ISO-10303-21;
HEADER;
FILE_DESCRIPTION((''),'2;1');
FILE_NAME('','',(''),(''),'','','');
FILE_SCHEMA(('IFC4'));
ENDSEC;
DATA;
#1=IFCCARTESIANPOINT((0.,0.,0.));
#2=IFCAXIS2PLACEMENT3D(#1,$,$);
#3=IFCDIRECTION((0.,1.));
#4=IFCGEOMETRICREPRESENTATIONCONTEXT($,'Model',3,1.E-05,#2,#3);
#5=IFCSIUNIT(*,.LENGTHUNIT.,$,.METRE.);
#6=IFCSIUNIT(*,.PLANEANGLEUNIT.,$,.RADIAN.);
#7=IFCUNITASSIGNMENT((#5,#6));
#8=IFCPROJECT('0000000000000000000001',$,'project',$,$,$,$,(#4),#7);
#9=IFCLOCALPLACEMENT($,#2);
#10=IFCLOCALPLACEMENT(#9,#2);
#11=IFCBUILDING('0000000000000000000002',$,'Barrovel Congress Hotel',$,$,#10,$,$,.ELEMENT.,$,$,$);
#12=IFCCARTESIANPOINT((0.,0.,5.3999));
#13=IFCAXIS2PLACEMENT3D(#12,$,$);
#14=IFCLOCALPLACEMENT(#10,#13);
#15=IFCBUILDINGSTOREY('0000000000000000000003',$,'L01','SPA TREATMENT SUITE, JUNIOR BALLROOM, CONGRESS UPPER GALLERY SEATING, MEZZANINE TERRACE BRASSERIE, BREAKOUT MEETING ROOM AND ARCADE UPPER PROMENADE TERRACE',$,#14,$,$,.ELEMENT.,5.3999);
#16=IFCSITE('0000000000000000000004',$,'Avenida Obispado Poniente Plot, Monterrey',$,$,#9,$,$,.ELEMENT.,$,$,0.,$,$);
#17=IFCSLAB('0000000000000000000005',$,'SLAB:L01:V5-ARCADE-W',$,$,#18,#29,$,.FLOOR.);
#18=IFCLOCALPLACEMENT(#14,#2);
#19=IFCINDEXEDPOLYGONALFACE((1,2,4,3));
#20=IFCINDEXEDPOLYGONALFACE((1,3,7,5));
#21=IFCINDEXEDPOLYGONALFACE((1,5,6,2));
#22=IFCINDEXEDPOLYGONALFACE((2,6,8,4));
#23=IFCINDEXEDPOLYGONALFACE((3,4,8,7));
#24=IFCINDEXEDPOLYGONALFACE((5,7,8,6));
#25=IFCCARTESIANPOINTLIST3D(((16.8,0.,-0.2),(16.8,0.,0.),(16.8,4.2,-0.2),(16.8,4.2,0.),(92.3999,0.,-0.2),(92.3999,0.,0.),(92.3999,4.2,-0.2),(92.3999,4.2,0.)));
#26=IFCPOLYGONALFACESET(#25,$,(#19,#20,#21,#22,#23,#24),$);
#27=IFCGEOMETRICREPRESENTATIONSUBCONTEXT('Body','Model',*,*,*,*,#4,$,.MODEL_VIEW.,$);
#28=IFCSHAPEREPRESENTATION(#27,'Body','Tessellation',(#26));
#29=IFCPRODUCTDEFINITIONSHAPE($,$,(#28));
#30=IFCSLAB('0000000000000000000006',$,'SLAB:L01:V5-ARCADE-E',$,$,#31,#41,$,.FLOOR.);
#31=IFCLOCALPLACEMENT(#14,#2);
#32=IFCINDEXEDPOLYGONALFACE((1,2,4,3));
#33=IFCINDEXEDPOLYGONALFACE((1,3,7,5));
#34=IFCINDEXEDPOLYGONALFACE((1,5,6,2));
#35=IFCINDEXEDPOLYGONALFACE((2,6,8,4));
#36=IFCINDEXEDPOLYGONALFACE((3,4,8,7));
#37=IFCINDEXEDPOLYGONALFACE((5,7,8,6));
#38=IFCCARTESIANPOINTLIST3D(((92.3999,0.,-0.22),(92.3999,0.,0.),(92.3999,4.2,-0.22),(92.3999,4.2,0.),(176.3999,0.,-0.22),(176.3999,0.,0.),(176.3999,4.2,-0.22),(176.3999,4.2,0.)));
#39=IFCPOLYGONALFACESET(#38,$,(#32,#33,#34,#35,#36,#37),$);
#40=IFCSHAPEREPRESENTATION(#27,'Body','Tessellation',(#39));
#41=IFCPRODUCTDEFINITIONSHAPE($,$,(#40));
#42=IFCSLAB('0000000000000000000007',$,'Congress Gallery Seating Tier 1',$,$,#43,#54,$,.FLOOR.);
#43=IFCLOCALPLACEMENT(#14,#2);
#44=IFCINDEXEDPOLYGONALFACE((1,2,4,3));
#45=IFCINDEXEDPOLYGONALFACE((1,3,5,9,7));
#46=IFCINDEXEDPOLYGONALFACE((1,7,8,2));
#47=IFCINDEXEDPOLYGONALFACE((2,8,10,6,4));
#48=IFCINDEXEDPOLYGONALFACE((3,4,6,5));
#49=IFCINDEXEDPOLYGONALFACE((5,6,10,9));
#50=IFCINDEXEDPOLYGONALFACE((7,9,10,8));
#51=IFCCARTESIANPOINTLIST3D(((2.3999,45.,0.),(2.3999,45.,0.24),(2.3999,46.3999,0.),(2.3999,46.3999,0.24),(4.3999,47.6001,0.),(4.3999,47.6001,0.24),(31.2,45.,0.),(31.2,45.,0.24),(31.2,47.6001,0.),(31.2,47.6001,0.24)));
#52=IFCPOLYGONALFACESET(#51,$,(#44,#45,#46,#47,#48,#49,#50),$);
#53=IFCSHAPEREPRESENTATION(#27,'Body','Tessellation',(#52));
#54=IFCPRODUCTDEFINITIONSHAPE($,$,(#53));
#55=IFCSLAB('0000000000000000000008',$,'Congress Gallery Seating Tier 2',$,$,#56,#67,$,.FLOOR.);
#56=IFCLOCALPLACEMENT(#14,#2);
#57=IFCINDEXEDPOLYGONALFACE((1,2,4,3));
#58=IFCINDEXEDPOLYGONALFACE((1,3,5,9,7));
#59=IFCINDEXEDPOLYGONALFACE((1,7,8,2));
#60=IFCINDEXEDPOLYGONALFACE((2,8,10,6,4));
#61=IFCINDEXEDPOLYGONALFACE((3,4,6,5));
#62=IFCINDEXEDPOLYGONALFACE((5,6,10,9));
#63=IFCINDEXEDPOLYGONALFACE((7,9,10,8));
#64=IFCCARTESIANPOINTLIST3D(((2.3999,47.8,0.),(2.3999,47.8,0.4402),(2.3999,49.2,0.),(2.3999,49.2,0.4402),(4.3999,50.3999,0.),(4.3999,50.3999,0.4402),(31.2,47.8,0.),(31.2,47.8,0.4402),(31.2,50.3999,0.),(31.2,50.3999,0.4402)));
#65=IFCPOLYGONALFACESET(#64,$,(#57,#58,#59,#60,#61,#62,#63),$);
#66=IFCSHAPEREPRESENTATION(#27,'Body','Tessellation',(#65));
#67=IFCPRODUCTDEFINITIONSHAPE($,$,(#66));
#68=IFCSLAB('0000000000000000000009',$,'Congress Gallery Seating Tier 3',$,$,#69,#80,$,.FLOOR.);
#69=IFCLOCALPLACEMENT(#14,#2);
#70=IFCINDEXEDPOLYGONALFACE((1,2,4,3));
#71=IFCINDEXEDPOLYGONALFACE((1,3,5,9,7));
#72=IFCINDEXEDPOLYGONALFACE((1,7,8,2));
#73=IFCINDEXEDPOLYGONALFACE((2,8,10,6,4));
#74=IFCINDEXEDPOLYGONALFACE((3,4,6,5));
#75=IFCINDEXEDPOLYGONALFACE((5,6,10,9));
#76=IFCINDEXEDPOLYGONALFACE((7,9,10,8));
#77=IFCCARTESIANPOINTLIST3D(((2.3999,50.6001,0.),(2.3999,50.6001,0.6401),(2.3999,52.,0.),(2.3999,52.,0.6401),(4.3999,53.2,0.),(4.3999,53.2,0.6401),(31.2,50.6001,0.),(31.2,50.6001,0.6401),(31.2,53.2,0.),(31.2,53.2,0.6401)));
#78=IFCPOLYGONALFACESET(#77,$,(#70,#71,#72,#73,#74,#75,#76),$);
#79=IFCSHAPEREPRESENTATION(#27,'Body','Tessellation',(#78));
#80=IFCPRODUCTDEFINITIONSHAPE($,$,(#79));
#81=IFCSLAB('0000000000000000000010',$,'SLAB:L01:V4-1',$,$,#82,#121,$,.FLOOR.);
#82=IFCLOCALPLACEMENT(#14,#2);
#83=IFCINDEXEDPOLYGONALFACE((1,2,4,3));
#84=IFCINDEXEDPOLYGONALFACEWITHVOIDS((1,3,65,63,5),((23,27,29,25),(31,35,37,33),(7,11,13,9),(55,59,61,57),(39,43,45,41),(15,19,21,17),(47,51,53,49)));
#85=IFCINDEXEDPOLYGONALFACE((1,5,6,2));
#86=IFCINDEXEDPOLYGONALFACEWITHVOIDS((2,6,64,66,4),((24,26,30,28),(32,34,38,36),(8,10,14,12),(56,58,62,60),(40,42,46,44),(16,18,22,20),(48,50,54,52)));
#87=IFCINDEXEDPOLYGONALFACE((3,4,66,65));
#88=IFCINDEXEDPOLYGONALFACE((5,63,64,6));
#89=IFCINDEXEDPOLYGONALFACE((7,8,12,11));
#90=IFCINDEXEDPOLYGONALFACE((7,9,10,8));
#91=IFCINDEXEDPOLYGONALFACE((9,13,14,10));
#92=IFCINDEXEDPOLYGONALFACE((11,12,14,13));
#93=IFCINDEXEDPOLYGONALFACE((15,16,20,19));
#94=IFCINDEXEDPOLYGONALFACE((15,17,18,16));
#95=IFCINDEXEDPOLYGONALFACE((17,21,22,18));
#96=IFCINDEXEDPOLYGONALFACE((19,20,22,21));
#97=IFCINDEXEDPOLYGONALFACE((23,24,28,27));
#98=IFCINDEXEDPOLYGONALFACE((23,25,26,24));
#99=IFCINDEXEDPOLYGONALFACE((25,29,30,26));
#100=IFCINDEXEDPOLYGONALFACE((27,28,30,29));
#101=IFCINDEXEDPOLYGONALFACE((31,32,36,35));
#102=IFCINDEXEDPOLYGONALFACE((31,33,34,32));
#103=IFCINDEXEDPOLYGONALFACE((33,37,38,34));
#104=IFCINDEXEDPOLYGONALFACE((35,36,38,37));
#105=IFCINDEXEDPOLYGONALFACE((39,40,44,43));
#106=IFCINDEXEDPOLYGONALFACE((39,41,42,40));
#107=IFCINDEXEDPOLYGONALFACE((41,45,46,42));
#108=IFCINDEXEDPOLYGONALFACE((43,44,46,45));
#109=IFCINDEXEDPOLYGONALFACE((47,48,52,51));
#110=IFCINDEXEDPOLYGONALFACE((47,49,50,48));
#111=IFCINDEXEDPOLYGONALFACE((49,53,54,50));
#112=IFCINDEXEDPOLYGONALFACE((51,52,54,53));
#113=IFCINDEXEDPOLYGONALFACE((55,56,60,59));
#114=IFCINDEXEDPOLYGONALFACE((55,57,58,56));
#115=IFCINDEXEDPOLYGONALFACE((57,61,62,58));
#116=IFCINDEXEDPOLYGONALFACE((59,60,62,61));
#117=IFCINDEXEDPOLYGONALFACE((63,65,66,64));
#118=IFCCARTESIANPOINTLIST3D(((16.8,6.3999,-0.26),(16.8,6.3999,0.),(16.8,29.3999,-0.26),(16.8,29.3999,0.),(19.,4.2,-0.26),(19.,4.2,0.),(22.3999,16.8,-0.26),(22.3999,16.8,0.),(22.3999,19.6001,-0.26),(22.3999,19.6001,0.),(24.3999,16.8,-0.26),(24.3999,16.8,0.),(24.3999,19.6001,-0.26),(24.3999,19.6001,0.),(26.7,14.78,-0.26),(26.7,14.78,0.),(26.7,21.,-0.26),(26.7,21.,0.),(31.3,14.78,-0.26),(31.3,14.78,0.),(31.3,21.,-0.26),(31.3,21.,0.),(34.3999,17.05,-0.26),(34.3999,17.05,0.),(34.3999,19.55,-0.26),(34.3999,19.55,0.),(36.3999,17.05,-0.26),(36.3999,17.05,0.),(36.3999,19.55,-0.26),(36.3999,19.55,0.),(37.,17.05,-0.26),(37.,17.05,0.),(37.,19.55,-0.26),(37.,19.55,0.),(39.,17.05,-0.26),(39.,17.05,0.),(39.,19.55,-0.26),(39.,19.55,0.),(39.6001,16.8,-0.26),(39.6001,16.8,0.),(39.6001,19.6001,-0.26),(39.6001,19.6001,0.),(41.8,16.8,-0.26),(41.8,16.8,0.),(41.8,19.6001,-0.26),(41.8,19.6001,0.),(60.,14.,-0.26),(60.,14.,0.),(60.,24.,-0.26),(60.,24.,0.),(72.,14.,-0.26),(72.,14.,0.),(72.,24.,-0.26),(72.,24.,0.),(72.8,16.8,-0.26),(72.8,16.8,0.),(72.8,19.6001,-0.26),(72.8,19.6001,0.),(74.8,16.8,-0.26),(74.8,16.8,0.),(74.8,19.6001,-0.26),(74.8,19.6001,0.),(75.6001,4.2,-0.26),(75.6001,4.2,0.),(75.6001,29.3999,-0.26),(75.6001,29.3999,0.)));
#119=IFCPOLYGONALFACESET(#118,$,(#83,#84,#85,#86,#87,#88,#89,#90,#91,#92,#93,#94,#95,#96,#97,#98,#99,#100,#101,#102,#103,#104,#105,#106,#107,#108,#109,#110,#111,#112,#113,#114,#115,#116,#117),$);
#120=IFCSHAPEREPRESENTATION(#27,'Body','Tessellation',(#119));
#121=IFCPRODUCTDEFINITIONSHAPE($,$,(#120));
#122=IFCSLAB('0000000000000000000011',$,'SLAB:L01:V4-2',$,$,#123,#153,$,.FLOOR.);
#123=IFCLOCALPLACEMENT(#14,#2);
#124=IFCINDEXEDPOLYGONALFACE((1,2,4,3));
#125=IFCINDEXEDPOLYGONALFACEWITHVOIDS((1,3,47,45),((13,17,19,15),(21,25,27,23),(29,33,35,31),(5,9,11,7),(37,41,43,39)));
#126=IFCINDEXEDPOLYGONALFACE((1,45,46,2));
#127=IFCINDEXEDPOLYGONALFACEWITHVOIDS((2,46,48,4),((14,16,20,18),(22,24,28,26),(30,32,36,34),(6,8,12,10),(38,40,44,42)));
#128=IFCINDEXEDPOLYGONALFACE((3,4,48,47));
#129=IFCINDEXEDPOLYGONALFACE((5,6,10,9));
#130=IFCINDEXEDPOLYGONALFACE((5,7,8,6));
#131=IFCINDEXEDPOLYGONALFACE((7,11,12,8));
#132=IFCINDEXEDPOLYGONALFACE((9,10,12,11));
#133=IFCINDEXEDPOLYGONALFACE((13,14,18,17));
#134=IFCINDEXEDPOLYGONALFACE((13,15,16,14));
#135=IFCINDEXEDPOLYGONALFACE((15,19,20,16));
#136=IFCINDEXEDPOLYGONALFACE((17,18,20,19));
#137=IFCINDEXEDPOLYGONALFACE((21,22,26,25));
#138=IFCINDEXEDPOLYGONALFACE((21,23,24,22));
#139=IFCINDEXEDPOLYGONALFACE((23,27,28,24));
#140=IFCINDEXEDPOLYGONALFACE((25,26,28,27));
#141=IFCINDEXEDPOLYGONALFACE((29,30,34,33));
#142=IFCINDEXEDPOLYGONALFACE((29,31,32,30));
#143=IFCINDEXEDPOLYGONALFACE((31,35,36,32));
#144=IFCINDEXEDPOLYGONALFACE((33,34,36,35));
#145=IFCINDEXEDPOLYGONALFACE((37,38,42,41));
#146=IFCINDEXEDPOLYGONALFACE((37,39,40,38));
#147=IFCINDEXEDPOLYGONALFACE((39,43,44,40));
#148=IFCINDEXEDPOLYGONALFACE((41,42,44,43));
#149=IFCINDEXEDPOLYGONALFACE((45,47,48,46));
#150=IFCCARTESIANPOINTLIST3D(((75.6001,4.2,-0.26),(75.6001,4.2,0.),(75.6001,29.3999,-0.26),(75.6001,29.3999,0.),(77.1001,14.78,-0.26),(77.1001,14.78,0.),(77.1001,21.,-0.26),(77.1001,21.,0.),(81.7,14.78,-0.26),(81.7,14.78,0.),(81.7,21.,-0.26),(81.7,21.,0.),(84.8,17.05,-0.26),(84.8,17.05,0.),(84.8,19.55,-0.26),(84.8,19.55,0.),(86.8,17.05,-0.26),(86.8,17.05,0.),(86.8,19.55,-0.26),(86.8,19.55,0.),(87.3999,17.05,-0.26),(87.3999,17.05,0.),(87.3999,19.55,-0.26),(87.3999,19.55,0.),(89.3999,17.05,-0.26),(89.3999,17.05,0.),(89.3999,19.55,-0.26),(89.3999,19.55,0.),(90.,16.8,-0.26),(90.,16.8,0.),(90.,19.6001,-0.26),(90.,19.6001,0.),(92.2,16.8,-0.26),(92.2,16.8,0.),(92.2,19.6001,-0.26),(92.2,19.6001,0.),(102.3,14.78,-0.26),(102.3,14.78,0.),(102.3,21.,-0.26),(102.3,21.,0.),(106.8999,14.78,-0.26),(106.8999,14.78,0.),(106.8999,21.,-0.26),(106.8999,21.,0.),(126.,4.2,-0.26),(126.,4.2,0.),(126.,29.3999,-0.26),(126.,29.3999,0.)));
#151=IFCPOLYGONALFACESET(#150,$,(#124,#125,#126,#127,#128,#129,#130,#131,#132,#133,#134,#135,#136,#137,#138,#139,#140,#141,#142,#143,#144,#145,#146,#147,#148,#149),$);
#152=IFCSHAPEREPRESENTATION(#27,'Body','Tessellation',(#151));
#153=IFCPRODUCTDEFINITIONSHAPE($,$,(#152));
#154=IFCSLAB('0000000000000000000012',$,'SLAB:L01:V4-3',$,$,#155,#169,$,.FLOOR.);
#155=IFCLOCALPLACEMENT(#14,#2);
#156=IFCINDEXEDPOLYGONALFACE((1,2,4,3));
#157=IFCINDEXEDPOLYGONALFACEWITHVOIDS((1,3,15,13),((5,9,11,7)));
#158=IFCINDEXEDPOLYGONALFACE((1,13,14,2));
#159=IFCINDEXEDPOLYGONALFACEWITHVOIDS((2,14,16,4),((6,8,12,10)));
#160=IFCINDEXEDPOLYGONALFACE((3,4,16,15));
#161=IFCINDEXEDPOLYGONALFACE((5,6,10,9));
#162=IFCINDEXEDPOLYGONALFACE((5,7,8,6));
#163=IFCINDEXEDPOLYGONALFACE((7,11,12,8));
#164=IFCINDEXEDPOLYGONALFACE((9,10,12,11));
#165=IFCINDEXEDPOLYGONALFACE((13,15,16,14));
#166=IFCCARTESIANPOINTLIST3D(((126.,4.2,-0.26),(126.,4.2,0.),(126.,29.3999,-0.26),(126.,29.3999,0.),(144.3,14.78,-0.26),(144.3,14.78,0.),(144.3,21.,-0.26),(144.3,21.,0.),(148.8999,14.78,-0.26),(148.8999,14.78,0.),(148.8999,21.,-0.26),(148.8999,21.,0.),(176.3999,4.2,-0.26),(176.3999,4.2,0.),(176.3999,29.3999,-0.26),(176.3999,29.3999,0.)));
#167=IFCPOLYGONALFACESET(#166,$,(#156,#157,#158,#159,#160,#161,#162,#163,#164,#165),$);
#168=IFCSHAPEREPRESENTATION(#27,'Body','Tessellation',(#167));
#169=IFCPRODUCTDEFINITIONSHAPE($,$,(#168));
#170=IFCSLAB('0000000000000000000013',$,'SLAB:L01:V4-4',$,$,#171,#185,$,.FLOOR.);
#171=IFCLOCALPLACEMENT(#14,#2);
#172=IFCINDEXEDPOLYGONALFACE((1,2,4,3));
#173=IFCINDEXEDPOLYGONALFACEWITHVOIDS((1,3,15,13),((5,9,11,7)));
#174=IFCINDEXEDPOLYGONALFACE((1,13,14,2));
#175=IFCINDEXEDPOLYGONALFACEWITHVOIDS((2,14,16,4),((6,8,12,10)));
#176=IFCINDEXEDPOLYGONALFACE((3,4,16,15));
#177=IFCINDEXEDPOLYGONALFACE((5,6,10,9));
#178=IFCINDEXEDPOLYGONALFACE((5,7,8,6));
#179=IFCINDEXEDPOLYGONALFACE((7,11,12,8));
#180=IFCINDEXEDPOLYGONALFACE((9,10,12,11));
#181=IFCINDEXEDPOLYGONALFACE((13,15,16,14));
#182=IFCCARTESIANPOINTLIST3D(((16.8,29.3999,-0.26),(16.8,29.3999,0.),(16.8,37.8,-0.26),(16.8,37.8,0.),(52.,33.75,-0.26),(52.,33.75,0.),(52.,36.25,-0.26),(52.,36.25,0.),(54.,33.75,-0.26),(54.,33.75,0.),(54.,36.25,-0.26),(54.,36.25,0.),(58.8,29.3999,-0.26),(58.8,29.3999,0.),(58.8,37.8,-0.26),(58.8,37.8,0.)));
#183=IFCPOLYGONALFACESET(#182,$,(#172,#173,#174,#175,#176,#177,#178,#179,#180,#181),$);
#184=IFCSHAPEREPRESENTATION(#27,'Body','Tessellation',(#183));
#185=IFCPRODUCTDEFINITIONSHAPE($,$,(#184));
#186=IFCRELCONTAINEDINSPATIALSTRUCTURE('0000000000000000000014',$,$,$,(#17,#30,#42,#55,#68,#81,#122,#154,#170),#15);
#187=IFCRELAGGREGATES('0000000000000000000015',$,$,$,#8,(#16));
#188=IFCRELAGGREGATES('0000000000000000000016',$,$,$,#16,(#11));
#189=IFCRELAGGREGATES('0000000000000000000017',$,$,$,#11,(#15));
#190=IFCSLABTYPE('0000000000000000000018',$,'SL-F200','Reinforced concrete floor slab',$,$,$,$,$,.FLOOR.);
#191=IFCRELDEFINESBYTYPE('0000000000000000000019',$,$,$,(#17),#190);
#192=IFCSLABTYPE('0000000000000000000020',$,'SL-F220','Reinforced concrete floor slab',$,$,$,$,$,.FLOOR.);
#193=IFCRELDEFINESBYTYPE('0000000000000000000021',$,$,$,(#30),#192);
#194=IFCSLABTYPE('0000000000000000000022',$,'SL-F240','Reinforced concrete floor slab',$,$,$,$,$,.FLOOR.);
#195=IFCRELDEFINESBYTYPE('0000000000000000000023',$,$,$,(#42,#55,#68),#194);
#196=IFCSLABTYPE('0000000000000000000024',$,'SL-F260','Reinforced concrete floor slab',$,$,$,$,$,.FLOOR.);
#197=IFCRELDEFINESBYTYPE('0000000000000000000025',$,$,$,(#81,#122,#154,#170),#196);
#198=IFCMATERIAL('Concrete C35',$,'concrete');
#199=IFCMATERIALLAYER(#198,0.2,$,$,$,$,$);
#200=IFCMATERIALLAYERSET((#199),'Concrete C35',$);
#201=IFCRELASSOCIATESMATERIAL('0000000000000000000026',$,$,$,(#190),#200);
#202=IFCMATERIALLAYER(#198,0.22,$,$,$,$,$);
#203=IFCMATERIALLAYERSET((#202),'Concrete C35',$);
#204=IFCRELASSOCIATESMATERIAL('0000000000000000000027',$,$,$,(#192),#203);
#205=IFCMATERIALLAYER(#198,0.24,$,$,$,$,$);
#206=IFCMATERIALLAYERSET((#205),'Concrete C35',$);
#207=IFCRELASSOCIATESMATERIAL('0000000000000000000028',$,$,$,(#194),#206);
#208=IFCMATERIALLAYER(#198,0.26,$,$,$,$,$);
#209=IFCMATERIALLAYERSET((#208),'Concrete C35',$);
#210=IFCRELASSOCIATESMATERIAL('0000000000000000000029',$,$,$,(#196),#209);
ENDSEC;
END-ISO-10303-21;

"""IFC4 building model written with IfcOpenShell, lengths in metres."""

from ifc_helpers import new_model, si_unit, direction, frame, origin, place, context, subcontext, project, spatial, polyline, outline, extrude, material, layer, layer_set, type_object, element, save


model = new_model("IFC4")

# Units and contexts
model_context = context("Model", 3, precision=1e-05, world=origin(), true_north=direction((0.0, 1.0)))
body_context = subcontext(model_context, "Body", "Model", "MODEL_VIEW")
ifc_project = project(units=[si_unit("LENGTHUNIT", "METRE"), si_unit("PLANEANGLEUNIT", "RADIAN")], contexts=[model_context])

# Site, building, storey
site_placement = place(None, origin())
site = spatial("IfcSite", under=ifc_project, at=site_placement, Name="Avenida Obispado Poniente Plot, Monterrey", CompositionType="ELEMENT", RefElevation=0.0)
building_placement = place(site_placement, origin())
building = spatial("IfcBuilding", under=site, at=building_placement, Name="Barrovel Congress Hotel", CompositionType="ELEMENT")
storey_placement = place(building_placement, frame((0.0, 0.0, 5.3999)))
storey = spatial("IfcBuildingStorey", under=building, at=storey_placement, Name="L01", Description="SPA TREATMENT SUITE, JUNIOR BALLROOM, CONGRESS UPPER GALLERY SEATING, MEZZANINE TERRACE BRASSERIE, BREAKOUT MEETING ROOM AND ARCADE UPPER PROMENADE TERRACE", CompositionType="ELEMENT", Elevation=5.3999)

# Slabs
ifc_material_1 = material(Name="Concrete C35", Category="concrete")
ifc_layer_1 = layer(ifc_material_1, 0.2)
ifc_layer_set_1 = layer_set([ifc_layer_1], Name="Concrete C35")
slab_type_1 = type_object("IfcSlabType", Name="SL-F200", Description="Reinforced concrete floor slab", PredefinedType="FLOOR", material=ifc_layer_set_1)
slab_1_placement = place(storey_placement, frame((0.0, 0.0, -0.2)))
element("IfcSlab", 1, at=slab_1_placement, inside=storey, type_object=slab_type_1, Name="SLAB:L01:V5-ARCADE-W", PredefinedType="FLOOR", context=body_context, shape_type="SweptSolid", body=[
    extrude(outline(polyline([(16.8, 0.0), (92.3999, 0.0), (92.3999, 4.2), (16.8, 4.2), (16.8, 0.0)])), origin(), (0.0, 0.0, 1.0), 0.2),
])
ifc_layer_2 = layer(ifc_material_1, 0.22)
ifc_layer_set_2 = layer_set([ifc_layer_2], Name="Concrete C35")
slab_type_2 = type_object("IfcSlabType", Name="SL-F220", Description="Reinforced concrete floor slab", PredefinedType="FLOOR", material=ifc_layer_set_2)
slab_2_placement = place(storey_placement, frame((0.0, 0.0, -0.22)))
element("IfcSlab", 2, at=slab_2_placement, inside=storey, type_object=slab_type_2, Name="SLAB:L01:V5-ARCADE-E", PredefinedType="FLOOR", context=body_context, shape_type="SweptSolid", body=[
    extrude(outline(polyline([(92.3999, 0.0), (176.3999, 0.0), (176.3999, 4.2), (92.3999, 4.2), (92.3999, 0.0)])), origin(), (0.0, 0.0, 1.0), 0.22),
])
ifc_layer_3 = layer(ifc_material_1, 0.24)
ifc_layer_set_3 = layer_set([ifc_layer_3], Name="Concrete C35")
slab_type_3 = type_object("IfcSlabType", Name="SL-F240", Description="Reinforced concrete floor slab", PredefinedType="FLOOR", material=ifc_layer_set_3)
slab_3_placement = place(storey_placement, origin())
element("IfcSlab", 3, at=slab_3_placement, inside=storey, type_object=slab_type_3, Name="Congress Gallery Seating Tier 1", PredefinedType="FLOOR", context=body_context, shape_type="SweptSolid", body=[
    extrude(outline(polyline([(2.3999, 45.0), (31.2, 45.0), (31.2, 47.6001), (4.3999, 47.6001), (2.3999, 46.3999), (2.3999, 45.0)])), origin(), (0.0, 0.0, 1.0), 0.24),
])
slab_4_placement = place(storey_placement, origin())
element("IfcSlab", 4, at=slab_4_placement, inside=storey, type_object=slab_type_3, Name="Congress Gallery Seating Tier 2", PredefinedType="FLOOR", context=body_context, shape_type="SweptSolid", body=[
    extrude(outline(polyline([(2.3999, 47.8), (31.2, 47.8), (31.2, 50.3999), (4.3999, 50.3999), (2.3999, 49.2), (2.3999, 47.8)])), origin(), (0.0, 0.0, 1.0), 0.4402),
])
slab_5_placement = place(storey_placement, origin())
element("IfcSlab", 5, at=slab_5_placement, inside=storey, type_object=slab_type_3, Name="Congress Gallery Seating Tier 3", PredefinedType="FLOOR", context=body_context, shape_type="SweptSolid", body=[
    extrude(outline(polyline([(2.3999, 50.6001), (31.2, 50.6001), (31.2, 53.2), (4.3999, 53.2), (2.3999, 52.0), (2.3999, 50.6001)])), origin(), (0.0, 0.0, 1.0), 0.6401),
])
ifc_layer_4 = layer(ifc_material_1, 0.26)
ifc_layer_set_4 = layer_set([ifc_layer_4], Name="Concrete C35")
slab_type_4 = type_object("IfcSlabType", Name="SL-F260", Description="Reinforced concrete floor slab", PredefinedType="FLOOR", material=ifc_layer_set_4)
slab_6_placement = place(storey_placement, frame((0.0, 0.0, -0.26)))
element("IfcSlab", 6, at=slab_6_placement, inside=storey, type_object=slab_type_4, Name="SLAB:L01:V4-1", PredefinedType="FLOOR", context=body_context, shape_type="SweptSolid", body=[
    extrude(outline(polyline([(19.0, 4.2), (75.6001, 4.2), (75.6001, 29.3999), (16.8, 29.3999), (16.8, 6.3999), (19.0, 4.2)]), holes=[polyline([(26.7, 14.78), (26.7, 21.0), (31.3, 21.0), (31.3, 14.78), (26.7, 14.78)]), polyline([(22.3999, 16.8), (22.3999, 19.6001), (24.3999, 19.6001), (24.3999, 16.8), (22.3999, 16.8)]), polyline([(72.8, 16.8), (72.8, 19.6001), (74.8, 19.6001), (74.8, 16.8), (72.8, 16.8)]), polyline([(34.3999, 17.05), (34.3999, 19.55), (36.3999, 19.55), (36.3999, 17.05), (34.3999, 17.05)]), polyline([(37.0, 17.05), (37.0, 19.55), (39.0, 19.55), (39.0, 17.05), (37.0, 17.05)]), polyline([(39.6001, 16.8), (39.6001, 19.6001), (41.8, 19.6001), (41.8, 16.8), (39.6001, 16.8)]), polyline([(60.0, 14.0), (60.0, 24.0), (72.0, 24.0), (72.0, 14.0), (60.0, 14.0)])]), origin(), (0.0, 0.0, 1.0), 0.26),
])
slab_7_placement = place(storey_placement, frame((0.0, 0.0, -0.26)))
element("IfcSlab", 7, at=slab_7_placement, inside=storey, type_object=slab_type_4, Name="SLAB:L01:V4-2", PredefinedType="FLOOR", context=body_context, shape_type="SweptSolid", body=[
    extrude(outline(polyline([(75.6001, 4.2), (126.0, 4.2), (126.0, 29.3999), (75.6001, 29.3999), (75.6001, 4.2)]), holes=[polyline([(77.1001, 14.78), (77.1001, 21.0), (81.7, 21.0), (81.7, 14.78), (77.1001, 14.78)]), polyline([(102.3, 14.78), (102.3, 21.0), (106.8999, 21.0), (106.8999, 14.78), (102.3, 14.78)]), polyline([(84.8, 17.05), (84.8, 19.55), (86.8, 19.55), (86.8, 17.05), (84.8, 17.05)]), polyline([(87.3999, 17.05), (87.3999, 19.55), (89.3999, 19.55), (89.3999, 17.05), (87.3999, 17.05)]), polyline([(90.0, 16.8), (90.0, 19.6001), (92.2, 19.6001), (92.2, 16.8), (90.0, 16.8)])]), origin(), (0.0, 0.0, 1.0), 0.26),
])
slab_8_placement = place(storey_placement, frame((0.0, 0.0, -0.26)))
element("IfcSlab", 8, at=slab_8_placement, inside=storey, type_object=slab_type_4, Name="SLAB:L01:V4-3", PredefinedType="FLOOR", context=body_context, shape_type="SweptSolid", body=[
    extrude(outline(polyline([(126.0, 4.2), (176.3999, 4.2), (176.3999, 29.3999), (126.0, 29.3999), (126.0, 4.2)]), holes=[polyline([(144.3, 14.78), (144.3, 21.0), (148.8999, 21.0), (148.8999, 14.78), (144.3, 14.78)])]), origin(), (0.0, 0.0, 1.0), 0.26),
])
slab_9_placement = place(storey_placement, frame((0.0, 0.0, -0.26)))
element("IfcSlab", 9, at=slab_9_placement, inside=storey, type_object=slab_type_4, Name="SLAB:L01:V4-4", PredefinedType="FLOOR", context=body_context, shape_type="SweptSolid", body=[
    extrude(outline(polyline([(16.8, 29.3999), (58.8, 29.3999), (58.8, 37.8), (16.8, 37.8), (16.8, 29.3999)]), holes=[polyline([(52.0, 33.75), (52.0, 36.25), (54.0, 36.25), (54.0, 33.75), (52.0, 33.75)])]), origin(), (0.0, 0.0, 1.0), 0.26),
])

save(model, "model.ifc")
